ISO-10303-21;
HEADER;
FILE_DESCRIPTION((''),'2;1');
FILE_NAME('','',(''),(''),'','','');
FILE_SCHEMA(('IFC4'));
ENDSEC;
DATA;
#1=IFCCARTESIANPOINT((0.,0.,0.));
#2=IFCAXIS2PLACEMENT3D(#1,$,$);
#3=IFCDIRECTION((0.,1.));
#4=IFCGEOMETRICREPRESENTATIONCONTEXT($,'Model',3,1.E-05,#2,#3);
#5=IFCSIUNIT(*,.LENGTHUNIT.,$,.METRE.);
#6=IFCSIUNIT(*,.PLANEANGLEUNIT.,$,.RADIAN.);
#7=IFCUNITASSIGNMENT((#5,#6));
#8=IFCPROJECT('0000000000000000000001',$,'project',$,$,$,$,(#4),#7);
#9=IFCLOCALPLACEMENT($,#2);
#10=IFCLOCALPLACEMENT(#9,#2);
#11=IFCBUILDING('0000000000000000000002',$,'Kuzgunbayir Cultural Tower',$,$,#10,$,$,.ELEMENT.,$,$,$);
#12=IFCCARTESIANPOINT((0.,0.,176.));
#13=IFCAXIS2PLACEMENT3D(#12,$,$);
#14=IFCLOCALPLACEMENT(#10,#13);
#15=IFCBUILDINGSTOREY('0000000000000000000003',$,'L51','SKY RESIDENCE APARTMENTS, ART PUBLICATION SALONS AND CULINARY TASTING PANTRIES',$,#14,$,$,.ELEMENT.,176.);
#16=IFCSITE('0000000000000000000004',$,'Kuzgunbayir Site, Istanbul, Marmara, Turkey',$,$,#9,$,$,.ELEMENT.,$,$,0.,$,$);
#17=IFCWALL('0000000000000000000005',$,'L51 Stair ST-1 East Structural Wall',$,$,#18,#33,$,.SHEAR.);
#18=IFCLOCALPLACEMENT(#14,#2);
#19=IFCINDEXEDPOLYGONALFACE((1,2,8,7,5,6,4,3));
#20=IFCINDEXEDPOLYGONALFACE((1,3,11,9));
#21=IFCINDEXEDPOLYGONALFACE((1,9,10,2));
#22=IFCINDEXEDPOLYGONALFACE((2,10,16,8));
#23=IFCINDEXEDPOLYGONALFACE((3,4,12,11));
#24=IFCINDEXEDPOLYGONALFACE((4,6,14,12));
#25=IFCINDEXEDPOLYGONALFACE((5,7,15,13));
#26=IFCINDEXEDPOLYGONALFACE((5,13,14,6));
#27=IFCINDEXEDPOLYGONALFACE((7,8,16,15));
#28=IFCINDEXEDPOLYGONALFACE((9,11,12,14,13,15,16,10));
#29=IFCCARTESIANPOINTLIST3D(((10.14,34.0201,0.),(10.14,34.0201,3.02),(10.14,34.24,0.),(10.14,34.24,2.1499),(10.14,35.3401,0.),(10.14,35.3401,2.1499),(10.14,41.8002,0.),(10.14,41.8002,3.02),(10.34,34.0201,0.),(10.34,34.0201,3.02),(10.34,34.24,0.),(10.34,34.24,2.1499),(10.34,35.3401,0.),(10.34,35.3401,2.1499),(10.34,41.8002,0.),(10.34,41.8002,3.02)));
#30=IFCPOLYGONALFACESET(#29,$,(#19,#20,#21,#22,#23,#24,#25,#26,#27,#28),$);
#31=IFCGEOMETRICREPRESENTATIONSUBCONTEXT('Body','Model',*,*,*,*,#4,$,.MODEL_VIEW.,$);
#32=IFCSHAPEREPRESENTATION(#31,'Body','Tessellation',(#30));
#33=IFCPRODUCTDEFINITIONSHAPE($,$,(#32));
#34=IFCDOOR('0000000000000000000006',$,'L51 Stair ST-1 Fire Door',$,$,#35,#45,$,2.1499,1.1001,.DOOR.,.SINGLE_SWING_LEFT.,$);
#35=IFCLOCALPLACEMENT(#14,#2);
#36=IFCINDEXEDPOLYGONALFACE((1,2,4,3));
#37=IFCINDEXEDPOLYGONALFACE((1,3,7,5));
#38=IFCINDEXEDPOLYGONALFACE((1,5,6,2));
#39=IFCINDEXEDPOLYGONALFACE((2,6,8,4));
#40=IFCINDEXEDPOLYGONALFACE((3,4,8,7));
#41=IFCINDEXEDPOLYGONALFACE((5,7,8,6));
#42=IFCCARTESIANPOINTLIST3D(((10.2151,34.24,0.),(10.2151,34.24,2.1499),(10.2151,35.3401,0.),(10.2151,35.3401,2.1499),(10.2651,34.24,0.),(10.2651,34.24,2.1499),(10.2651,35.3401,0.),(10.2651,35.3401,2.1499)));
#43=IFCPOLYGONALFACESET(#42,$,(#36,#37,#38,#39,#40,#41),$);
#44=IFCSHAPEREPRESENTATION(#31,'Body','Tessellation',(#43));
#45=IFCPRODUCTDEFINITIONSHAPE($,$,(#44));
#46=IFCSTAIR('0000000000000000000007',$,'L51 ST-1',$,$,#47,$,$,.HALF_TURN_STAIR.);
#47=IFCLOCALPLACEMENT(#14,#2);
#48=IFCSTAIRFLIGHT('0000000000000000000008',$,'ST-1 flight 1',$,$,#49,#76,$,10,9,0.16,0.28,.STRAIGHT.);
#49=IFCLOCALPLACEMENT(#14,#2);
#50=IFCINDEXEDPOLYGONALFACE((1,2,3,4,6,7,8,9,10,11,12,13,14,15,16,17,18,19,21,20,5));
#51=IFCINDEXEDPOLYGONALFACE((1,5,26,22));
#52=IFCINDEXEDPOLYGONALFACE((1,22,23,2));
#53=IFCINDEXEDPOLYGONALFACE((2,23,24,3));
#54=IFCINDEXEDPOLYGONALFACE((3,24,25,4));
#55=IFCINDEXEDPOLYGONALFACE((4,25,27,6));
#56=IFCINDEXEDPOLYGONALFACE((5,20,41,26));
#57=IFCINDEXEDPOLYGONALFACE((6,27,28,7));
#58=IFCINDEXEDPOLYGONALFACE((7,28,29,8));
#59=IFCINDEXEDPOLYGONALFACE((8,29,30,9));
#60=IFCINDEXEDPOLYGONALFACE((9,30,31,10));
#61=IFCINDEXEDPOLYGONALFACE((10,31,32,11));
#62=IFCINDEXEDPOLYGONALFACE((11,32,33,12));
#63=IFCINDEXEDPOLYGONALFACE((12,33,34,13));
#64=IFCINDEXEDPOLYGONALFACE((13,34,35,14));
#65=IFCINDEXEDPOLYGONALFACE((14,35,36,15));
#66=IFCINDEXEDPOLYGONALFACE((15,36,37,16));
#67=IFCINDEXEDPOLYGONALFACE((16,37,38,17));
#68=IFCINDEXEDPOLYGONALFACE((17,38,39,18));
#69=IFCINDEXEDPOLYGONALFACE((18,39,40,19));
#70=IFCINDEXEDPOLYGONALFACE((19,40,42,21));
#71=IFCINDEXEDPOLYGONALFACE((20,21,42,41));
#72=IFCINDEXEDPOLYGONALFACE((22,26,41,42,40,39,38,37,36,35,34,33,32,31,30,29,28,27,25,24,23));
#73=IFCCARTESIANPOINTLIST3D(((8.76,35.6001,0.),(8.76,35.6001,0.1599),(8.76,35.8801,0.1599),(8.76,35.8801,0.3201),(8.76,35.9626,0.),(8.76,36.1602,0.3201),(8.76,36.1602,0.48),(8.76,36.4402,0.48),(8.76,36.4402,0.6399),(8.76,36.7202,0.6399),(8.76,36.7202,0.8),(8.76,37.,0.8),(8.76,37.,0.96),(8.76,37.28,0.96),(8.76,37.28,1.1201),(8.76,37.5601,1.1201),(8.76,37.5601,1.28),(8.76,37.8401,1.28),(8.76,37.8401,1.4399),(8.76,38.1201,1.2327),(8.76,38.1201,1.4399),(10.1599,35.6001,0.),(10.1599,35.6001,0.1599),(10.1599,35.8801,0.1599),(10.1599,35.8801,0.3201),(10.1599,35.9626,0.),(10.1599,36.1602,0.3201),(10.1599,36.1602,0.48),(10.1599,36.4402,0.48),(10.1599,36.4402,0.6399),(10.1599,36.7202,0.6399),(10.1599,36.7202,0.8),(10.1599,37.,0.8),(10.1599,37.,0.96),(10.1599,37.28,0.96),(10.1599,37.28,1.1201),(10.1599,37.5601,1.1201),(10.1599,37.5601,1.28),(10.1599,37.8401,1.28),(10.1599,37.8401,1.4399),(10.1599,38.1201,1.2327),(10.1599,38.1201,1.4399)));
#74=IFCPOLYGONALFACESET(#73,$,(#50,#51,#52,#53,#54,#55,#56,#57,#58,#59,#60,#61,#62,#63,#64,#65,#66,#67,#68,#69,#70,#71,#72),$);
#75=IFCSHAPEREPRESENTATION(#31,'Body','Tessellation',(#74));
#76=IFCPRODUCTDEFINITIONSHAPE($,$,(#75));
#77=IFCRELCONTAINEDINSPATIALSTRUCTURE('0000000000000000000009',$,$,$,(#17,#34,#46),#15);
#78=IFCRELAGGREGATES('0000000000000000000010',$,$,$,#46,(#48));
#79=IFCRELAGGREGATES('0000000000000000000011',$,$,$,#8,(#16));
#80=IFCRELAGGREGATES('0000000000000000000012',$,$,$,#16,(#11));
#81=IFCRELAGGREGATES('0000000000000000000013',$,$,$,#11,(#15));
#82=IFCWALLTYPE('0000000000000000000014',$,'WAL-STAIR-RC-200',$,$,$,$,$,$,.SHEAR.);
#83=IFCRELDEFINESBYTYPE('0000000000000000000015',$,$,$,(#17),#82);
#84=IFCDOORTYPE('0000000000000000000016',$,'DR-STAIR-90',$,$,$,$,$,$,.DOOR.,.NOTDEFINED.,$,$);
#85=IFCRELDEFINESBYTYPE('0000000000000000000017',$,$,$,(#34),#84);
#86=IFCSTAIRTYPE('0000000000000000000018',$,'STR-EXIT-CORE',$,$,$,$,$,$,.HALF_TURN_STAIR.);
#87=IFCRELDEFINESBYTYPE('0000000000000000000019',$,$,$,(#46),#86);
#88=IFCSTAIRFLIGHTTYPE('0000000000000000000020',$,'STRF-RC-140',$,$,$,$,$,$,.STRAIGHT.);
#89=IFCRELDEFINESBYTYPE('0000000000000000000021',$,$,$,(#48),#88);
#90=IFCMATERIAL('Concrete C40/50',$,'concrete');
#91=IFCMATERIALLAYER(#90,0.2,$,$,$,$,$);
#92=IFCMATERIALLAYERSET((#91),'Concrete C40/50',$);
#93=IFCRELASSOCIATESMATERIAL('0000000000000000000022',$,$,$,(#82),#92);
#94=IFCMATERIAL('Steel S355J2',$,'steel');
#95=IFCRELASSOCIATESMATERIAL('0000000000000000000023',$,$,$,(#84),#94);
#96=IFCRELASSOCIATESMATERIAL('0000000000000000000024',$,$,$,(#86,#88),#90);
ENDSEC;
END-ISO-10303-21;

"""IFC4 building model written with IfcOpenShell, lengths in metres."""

from ifc_helpers import new_model, si_unit, direction, frame, frame_2d, origin, place, context, subcontext, project, spatial, polyline, rectangle, outline, extrude, material, layer, layer_set, type_object, element, fill, aggregate, save


model = new_model("IFC4")

# Units and contexts
model_context = context("Model", 3, precision=1e-05, world=origin(), true_north=direction((0.0, 1.0)))
body_context = subcontext(model_context, "Body", "Model", "MODEL_VIEW")
ifc_project = project(units=[si_unit("LENGTHUNIT", "METRE"), si_unit("PLANEANGLEUNIT", "RADIAN")], contexts=[model_context])

# Site, building, storey
site_placement = place(None, origin())
site = spatial("IfcSite", under=ifc_project, at=site_placement, Name="Kuzgunbayir Site, Istanbul, Marmara, Turkey", CompositionType="ELEMENT", RefElevation=0.0)
building_placement = place(site_placement, origin())
building = spatial("IfcBuilding", under=site, at=building_placement, Name="Kuzgunbayir Cultural Tower", CompositionType="ELEMENT")
storey_placement = place(building_placement, frame((0.0, 0.0, 176.0)))
storey = spatial("IfcBuildingStorey", under=building, at=storey_placement, Name="L51", Description="SKY RESIDENCE APARTMENTS, ART PUBLICATION SALONS AND CULINARY TASTING PANTRIES", CompositionType="ELEMENT", Elevation=176.0)

# Shared definitions
ifc_material_1 = material(Name="Steel S355J2", Category="steel")

# Shared definitions
ifc_material_2 = material(Name="Concrete C40/50", Category="concrete")

# Wall, opening, door
ifc_layer_1 = layer(ifc_material_2, 0.2)
ifc_layer_set_1 = layer_set([ifc_layer_1], Name="Concrete C40/50")
wall_type_1 = type_object("IfcWallType", Name="WAL-STAIR-RC-200", PredefinedType="SHEAR", material=ifc_layer_set_1)
wall_1_placement = place(storey_placement, frame((10.24, 34.02, 0.0), z_axis=(0.0, 0.0, 1.0), x_axis=(0.0, 1.0, 0.0)))
wall_1 = element("IfcWall", 1, at=wall_1_placement, inside=storey, type_object=wall_type_1, Name="L51 Stair ST-1 East Structural Wall", PredefinedType="SHEAR", context=body_context, shape_type="SweptSolid", body=[
    extrude(rectangle(XDim=7.78, YDim=0.2, at=frame_2d((3.8901, 0.0))), origin(), (0.0, 0.0, 1.0), 3.02),
])
opening_1_placement = place(wall_1_placement, frame((0.22, 0.0, 0.0)))
opening_1 = element("IfcOpeningElement", 2, at=opening_1_placement, cuts=wall_1, PredefinedType="OPENING", context=body_context, shape_type="SweptSolid", body=[
    extrude(rectangle(XDim=1.1001, YDim=2.1499, at=frame_2d((0.55, 1.075))), frame((0.0, 0.1099, 0.0), z_axis=(0.0, -1.0, 0.0), x_axis=(1.0, 0.0, 0.0)), (0.0, 0.0, 1.0), 0.22),
])
door_type_1 = type_object("IfcDoorType", Name="DR-STAIR-90", OperationType="NOTDEFINED", PredefinedType="DOOR", material=ifc_material_1)
door_1_placement = place(opening_1_placement, origin())
door_1 = element("IfcDoor", 3, at=door_1_placement, inside=storey, type_object=door_type_1, Name="L51 Stair ST-1 Fire Door", OperationType="SINGLE_SWING_LEFT", OverallHeight=2.1499, OverallWidth=1.1001, PredefinedType="DOOR", context=body_context, shape_type="SweptSolid", body=[
    extrude(rectangle(XDim=1.1001, YDim=2.1499, at=frame_2d((0.55, 1.075))), frame((0.0, 0.0249, 0.0), z_axis=(0.0, -1.0, 0.0), x_axis=(1.0, 0.0, 0.0)), (0.0, 0.0, 1.0), 0.05),
])
fill(opening_1, door_1)

# Stair, stair flight
stair_type = type_object("IfcStairType", Name="STR-EXIT-CORE", PredefinedType="HALF_TURN_STAIR", material=ifc_material_2)
stair_placement = place(storey_placement, origin())
stair = element("IfcStair", 4, at=stair_placement, inside=storey, type_object=stair_type, Name="L51 ST-1", PredefinedType="HALF_TURN_STAIR")
stair_flight_type = type_object("IfcStairFlightType", Name="STRF-RC-140", PredefinedType="STRAIGHT", material=ifc_material_2)
stair_flight_placement = place(storey_placement, frame((9.46, 35.6001, 0.0), z_axis=(0.0, 0.0, 1.0), x_axis=(0.0, 1.0, 0.0)))
stair_flight = element("IfcStairFlight", 5, at=stair_flight_placement, type_object=stair_flight_type, Name="ST-1 flight 1", NumberOfRisers=10, NumberOfTreads=9, PredefinedType="STRAIGHT", RiserHeight=0.16, TreadLength=0.28, context=body_context, shape_type="SweptSolid", body=[
    extrude(outline(polyline([(0.0, 0.0), (0.0, 0.1599), (0.28, 0.1599), (0.28, 0.3201), (0.5601, 0.3201), (0.5601, 0.48), (0.8401, 0.48), (0.8401, 0.6399), (1.1201, 0.6399), (1.1201, 0.8), (1.3999, 0.8), (1.3999, 0.96), (1.6799, 0.96), (1.6799, 1.1201), (1.96, 1.1201), (1.96, 1.28), (2.24, 1.28), (2.24, 1.4399), (2.52, 1.4399), (2.52, 1.6001), (2.52, 1.2327), (0.3625, 0.0), (0.0, 0.0)])), frame((0.0, 0.7, 0.0), z_axis=(0.0, -1.0, 0.0), x_axis=(1.0, 0.0, 0.0)), (0.0, 0.0, 1.0), 1.3999),
])
aggregate(stair, [stair_flight])

save(model, "model.ifc")
